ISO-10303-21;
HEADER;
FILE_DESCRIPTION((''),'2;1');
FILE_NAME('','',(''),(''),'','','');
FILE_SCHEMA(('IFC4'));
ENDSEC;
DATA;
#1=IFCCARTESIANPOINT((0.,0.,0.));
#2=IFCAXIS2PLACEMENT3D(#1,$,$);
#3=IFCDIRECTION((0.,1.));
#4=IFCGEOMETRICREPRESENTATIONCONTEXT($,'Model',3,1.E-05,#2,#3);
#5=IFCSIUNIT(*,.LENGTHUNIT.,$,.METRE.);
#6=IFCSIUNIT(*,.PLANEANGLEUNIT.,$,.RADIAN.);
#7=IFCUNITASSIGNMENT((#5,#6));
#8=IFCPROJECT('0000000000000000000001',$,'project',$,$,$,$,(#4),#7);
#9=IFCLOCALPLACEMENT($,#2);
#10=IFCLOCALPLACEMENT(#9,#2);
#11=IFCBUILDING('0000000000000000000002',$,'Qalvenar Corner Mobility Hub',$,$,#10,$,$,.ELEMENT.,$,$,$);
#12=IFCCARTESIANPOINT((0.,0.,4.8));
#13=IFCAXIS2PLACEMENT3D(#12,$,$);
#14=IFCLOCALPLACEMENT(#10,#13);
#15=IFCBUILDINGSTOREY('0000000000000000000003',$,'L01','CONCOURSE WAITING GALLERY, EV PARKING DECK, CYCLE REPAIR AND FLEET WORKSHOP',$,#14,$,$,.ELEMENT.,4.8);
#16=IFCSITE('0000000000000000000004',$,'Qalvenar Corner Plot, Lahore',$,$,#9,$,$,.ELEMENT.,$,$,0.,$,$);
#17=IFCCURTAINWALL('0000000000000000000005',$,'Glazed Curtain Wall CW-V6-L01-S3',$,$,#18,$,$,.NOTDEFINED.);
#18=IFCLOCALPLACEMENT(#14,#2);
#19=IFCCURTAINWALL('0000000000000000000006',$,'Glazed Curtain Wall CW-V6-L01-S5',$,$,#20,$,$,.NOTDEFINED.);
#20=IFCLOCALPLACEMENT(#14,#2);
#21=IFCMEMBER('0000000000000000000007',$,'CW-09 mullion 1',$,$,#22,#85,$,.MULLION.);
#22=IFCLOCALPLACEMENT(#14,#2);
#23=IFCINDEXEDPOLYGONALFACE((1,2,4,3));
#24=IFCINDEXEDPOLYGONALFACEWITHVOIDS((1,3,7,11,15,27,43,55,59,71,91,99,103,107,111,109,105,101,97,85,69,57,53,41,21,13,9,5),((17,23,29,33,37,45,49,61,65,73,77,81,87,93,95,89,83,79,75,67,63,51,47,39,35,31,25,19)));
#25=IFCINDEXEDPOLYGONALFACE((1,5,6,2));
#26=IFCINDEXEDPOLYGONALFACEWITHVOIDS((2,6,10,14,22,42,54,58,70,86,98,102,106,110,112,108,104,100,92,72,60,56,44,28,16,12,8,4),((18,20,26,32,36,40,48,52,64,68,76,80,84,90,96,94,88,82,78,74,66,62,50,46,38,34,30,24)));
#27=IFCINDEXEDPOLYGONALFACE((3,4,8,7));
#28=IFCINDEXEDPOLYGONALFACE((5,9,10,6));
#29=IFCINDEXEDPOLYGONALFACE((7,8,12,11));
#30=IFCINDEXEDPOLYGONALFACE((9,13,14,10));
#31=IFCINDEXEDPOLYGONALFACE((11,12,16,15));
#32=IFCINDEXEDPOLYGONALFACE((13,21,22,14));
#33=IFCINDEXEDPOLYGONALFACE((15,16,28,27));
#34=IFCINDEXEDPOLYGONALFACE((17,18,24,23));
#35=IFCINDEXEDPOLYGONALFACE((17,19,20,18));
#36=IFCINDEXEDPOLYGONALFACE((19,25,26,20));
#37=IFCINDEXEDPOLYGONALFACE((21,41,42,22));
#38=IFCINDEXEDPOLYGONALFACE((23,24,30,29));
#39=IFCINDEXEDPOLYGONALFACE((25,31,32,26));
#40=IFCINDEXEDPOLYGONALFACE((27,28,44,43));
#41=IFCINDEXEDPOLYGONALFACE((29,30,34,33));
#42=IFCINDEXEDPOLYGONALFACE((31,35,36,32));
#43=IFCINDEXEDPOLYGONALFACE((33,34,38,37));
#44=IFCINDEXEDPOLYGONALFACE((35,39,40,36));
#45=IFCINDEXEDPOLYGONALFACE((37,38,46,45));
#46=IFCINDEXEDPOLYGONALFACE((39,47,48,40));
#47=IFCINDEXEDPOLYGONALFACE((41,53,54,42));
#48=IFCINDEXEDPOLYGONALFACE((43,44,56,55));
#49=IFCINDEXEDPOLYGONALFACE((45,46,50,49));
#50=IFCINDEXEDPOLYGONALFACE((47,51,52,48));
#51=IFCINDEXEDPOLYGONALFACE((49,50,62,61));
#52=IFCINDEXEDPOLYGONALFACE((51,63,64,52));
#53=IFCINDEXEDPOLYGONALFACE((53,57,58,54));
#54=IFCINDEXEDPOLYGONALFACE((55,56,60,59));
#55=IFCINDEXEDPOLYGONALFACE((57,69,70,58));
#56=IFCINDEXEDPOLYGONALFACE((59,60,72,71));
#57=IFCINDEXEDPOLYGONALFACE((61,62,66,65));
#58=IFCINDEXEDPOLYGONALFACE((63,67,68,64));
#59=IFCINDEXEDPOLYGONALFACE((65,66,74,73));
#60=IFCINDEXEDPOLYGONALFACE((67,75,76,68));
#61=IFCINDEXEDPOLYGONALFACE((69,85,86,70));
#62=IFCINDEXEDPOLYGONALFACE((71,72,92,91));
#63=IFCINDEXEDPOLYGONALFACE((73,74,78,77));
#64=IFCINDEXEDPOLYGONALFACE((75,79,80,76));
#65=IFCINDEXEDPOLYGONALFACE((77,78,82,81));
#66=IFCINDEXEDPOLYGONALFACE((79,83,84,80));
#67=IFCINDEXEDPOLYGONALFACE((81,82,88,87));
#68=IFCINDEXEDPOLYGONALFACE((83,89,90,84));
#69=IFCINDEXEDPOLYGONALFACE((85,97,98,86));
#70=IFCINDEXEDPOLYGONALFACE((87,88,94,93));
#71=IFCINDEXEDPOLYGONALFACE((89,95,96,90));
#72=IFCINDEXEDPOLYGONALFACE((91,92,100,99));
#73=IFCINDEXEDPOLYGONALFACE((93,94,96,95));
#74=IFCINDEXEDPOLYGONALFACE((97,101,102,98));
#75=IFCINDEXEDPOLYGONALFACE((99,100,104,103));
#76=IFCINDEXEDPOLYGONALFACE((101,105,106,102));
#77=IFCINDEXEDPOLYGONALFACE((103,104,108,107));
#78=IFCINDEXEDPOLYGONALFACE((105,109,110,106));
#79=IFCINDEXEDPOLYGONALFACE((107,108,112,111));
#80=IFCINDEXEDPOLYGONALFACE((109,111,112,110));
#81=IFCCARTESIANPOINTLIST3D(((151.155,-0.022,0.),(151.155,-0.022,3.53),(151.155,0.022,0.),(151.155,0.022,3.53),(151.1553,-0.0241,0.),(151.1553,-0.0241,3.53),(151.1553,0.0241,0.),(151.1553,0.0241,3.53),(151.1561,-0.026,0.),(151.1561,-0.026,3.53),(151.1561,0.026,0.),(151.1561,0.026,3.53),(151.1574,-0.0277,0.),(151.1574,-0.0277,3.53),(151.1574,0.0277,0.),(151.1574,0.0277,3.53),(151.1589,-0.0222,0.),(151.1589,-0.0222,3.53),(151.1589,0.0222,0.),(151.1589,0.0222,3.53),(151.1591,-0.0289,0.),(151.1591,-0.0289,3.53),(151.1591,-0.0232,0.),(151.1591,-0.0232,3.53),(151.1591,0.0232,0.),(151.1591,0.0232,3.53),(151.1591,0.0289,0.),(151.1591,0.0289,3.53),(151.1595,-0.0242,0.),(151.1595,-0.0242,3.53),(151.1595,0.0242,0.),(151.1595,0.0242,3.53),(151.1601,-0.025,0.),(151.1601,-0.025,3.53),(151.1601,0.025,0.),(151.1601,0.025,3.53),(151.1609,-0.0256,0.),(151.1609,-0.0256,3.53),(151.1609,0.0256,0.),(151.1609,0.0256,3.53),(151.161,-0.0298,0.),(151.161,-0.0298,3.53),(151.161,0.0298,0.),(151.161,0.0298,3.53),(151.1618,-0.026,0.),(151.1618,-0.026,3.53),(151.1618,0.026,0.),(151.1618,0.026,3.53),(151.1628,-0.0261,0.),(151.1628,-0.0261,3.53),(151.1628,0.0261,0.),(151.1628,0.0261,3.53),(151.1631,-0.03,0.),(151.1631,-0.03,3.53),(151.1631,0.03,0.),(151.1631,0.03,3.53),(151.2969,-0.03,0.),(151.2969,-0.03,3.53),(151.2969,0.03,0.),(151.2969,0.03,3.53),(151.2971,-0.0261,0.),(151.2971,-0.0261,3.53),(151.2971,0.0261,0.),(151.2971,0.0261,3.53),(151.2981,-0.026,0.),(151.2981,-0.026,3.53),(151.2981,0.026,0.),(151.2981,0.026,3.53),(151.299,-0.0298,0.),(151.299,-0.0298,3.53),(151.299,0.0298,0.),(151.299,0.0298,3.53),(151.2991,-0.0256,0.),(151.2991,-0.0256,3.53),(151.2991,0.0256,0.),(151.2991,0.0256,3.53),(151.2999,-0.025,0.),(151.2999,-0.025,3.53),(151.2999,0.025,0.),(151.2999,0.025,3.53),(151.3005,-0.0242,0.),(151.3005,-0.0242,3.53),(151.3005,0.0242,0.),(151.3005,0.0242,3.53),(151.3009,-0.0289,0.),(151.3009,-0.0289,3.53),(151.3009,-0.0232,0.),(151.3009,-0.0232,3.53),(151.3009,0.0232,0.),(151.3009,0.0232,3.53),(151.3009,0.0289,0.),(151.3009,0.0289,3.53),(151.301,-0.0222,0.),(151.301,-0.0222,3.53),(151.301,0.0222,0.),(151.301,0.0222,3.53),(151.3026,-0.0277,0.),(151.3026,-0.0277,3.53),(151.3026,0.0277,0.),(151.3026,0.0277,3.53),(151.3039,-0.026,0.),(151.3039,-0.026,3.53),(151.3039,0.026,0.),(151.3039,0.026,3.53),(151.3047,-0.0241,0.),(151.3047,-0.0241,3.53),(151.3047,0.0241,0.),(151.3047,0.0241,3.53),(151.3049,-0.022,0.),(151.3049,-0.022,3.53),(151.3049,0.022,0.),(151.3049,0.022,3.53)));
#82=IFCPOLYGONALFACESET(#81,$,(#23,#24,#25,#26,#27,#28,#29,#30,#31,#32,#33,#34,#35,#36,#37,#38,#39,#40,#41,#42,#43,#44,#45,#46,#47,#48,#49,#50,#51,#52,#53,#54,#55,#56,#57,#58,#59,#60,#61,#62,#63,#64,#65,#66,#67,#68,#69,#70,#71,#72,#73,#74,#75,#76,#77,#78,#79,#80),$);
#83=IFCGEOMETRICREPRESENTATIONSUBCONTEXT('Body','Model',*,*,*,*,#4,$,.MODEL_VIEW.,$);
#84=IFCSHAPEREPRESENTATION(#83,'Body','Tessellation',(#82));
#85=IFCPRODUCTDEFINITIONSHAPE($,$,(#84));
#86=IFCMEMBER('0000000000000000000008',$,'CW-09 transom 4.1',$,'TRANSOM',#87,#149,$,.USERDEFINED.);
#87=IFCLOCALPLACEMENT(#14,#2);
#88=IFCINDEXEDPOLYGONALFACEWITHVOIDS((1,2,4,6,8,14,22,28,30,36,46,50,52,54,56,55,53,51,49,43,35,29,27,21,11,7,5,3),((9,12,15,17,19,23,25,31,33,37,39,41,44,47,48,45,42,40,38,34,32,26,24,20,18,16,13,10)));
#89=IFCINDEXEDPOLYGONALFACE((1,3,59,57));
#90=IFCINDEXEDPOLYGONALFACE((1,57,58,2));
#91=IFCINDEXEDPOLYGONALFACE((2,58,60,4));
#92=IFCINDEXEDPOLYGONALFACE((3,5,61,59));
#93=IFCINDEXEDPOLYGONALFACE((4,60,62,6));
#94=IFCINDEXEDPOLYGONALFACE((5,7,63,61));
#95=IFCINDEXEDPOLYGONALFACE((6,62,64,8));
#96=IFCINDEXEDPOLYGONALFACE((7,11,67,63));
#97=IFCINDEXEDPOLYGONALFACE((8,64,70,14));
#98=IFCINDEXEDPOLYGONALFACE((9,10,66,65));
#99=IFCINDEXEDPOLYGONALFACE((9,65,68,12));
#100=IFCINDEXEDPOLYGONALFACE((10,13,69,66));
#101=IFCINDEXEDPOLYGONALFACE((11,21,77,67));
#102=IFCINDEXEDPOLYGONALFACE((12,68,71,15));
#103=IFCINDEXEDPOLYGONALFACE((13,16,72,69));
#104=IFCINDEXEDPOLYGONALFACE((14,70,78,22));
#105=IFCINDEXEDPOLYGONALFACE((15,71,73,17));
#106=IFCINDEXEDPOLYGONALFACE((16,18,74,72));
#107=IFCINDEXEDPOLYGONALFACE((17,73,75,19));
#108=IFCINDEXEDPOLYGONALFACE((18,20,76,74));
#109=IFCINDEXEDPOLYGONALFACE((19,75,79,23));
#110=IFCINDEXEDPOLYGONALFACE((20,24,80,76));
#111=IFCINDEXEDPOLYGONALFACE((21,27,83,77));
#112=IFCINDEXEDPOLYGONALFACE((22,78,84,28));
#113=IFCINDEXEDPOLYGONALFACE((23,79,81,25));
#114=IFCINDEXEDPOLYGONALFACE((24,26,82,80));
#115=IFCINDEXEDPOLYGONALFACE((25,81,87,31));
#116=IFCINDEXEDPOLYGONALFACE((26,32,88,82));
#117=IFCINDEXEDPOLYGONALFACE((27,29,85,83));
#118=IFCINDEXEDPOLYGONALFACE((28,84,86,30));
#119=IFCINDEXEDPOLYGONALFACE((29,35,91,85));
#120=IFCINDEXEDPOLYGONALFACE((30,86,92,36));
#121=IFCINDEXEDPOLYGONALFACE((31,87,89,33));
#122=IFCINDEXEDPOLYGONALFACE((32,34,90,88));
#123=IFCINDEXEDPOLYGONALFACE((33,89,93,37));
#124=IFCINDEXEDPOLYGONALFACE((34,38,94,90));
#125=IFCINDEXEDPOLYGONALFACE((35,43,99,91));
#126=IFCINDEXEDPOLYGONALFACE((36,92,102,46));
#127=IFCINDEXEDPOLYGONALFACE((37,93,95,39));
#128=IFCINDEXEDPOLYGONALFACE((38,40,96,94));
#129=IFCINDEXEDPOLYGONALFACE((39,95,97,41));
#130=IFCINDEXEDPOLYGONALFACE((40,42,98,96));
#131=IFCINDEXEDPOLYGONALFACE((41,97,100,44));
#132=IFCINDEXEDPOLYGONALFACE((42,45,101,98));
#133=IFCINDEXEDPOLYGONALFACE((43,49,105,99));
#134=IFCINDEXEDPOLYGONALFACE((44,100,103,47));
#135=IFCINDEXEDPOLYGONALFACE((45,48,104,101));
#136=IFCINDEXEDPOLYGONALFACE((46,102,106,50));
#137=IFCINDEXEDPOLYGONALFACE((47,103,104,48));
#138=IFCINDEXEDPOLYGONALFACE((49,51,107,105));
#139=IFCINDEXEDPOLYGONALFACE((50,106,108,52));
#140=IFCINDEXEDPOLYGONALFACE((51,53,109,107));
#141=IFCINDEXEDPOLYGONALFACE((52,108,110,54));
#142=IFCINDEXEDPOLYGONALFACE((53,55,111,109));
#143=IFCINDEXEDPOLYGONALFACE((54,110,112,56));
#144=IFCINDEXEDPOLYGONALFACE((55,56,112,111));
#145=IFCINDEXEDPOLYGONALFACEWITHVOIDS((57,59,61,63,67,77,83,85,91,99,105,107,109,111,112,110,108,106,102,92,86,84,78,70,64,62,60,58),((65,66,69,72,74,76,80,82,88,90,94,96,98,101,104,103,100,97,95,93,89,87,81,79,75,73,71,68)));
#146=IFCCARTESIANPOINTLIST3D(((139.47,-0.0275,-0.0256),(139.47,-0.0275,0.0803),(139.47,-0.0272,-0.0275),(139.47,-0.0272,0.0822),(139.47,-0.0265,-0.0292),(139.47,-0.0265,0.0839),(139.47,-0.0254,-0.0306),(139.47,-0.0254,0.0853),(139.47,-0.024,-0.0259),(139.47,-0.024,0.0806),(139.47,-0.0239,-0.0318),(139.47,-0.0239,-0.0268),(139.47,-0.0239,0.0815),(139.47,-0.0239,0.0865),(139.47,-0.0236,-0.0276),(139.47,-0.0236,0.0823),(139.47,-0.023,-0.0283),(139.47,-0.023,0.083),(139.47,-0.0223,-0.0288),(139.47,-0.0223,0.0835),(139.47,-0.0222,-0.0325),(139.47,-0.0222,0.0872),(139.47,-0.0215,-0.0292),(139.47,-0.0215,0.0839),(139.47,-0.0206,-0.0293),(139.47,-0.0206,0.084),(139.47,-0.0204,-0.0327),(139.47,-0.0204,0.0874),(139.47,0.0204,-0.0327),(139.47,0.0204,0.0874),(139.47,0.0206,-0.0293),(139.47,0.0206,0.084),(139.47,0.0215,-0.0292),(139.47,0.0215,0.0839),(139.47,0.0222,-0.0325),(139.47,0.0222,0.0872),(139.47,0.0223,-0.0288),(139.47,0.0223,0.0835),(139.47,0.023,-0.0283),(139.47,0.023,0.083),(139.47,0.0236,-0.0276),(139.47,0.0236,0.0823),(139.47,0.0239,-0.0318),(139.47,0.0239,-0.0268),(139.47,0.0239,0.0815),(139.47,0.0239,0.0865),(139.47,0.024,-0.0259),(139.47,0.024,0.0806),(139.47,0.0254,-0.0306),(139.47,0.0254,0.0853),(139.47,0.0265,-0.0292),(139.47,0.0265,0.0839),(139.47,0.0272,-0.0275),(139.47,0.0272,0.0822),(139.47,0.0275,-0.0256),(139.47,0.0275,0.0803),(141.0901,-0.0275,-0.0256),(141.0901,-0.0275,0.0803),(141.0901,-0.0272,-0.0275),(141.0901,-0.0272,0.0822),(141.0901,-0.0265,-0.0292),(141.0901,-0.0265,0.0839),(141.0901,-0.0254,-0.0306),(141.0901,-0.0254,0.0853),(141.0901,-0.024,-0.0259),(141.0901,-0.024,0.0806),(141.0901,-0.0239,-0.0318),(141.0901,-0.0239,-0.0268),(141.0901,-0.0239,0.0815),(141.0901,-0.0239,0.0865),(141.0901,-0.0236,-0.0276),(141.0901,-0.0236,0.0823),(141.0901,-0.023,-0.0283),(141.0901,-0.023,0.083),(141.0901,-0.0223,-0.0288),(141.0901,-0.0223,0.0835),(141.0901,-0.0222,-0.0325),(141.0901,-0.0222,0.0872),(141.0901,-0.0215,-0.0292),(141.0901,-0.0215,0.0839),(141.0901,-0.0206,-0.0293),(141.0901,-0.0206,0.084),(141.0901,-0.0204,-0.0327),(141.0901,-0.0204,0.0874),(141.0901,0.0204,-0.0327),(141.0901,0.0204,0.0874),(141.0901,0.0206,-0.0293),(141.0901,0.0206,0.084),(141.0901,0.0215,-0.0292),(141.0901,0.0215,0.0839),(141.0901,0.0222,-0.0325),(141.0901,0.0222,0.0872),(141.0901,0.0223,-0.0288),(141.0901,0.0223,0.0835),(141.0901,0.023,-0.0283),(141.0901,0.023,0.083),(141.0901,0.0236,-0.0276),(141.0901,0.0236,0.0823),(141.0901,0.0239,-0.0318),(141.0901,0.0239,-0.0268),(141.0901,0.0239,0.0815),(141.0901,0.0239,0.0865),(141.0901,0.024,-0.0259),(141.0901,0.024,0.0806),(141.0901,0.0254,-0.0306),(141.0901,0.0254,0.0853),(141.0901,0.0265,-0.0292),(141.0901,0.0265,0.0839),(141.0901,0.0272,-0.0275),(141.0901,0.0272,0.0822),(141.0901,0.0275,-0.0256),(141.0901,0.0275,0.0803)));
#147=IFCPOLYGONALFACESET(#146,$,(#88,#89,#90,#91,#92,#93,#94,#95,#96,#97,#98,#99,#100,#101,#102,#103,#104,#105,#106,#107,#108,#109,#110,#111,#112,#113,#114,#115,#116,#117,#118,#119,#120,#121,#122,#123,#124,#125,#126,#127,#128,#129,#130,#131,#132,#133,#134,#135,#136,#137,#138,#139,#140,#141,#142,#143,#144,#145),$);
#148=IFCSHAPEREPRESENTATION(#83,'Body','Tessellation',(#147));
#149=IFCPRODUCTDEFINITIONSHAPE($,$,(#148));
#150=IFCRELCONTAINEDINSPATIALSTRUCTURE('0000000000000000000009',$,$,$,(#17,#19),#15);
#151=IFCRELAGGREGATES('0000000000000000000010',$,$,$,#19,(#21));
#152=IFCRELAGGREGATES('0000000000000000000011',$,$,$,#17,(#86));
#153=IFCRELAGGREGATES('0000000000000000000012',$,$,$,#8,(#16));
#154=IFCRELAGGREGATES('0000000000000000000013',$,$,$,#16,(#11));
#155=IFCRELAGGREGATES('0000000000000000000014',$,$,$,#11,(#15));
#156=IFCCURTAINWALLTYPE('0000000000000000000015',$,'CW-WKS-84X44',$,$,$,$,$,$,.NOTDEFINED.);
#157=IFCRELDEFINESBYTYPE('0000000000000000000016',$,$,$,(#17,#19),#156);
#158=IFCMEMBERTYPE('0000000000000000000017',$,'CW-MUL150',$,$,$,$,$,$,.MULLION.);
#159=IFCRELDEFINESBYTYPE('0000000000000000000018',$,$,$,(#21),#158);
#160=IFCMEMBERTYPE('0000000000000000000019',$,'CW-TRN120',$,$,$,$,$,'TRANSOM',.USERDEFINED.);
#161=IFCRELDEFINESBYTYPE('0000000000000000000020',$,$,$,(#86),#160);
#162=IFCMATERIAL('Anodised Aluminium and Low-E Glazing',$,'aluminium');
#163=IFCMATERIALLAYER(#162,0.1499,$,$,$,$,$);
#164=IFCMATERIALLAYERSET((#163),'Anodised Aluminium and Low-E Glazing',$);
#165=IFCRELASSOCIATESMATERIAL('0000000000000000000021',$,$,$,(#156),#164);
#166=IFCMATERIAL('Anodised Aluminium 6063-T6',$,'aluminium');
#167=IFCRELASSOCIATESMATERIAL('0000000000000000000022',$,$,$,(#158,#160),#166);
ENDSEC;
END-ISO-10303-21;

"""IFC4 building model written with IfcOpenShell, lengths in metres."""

from ifc_helpers import new_model, si_unit, direction, frame, origin, origin_2d, place, context, subcontext, project, spatial, hollow_rectangle, extrude, material, layer, layer_set, material_profile, profile_set, type_object, element, aggregate, save


model = new_model("IFC4")

# Units and contexts
model_context = context("Model", 3, precision=1e-05, world=origin(), true_north=direction((0.0, 1.0)))
body_context = subcontext(model_context, "Body", "Model", "MODEL_VIEW")
ifc_project = project(units=[si_unit("LENGTHUNIT", "METRE"), si_unit("PLANEANGLEUNIT", "RADIAN")], contexts=[model_context])

# Site, building, storey
site_placement = place(None, origin())
site = spatial("IfcSite", under=ifc_project, at=site_placement, Name="Qalvenar Corner Plot, Lahore", CompositionType="ELEMENT", RefElevation=0.0)
building_placement = place(site_placement, origin())
building = spatial("IfcBuilding", under=site, at=building_placement, Name="Qalvenar Corner Mobility Hub", CompositionType="ELEMENT")
storey_placement = place(building_placement, frame((0.0, 0.0, 4.8)))
storey = spatial("IfcBuildingStorey", under=building, at=storey_placement, Name="L01", Description="CONCOURSE WAITING GALLERY, EV PARKING DECK, CYCLE REPAIR AND FLEET WORKSHOP", CompositionType="ELEMENT", Elevation=4.8)

# Curtain wall
ifc_material_1 = material(Name="Anodised Aluminium and Low-E Glazing", Category="aluminium")
ifc_layer_1 = layer(ifc_material_1, 0.1499)
ifc_layer_set_1 = layer_set([ifc_layer_1], Name="Anodised Aluminium and Low-E Glazing")
curtain_wall_type = type_object("IfcCurtainWallType", Name="CW-WKS-84X44", PredefinedType="NOTDEFINED", material=ifc_layer_set_1)
curtain_wall_1_placement = place(storey_placement, origin())
curtain_wall_1 = element("IfcCurtainWall", 1, at=curtain_wall_1_placement, inside=storey, type_object=curtain_wall_type, Name="Glazed Curtain Wall CW-V6-L01-S3", PredefinedType="NOTDEFINED")
ifc_material_2 = material(Name="Anodised Aluminium 6063-T6", Category="aluminium")
ifc_material_profile_1 = material_profile(ifc_material_2, hollow_rectangle(XDim=0.0601, YDim=0.1499, WallThickness=0.0039, InnerFilletRadius=0.0039, OuterFilletRadius=0.0081, at=origin_2d()), Name="RHS150x60x4")
ifc_profile_set_1 = profile_set([ifc_material_profile_1], Name="Anodised Aluminium 6063-T6")
member_type_1 = type_object("IfcMemberType", Name="CW-MUL150", PredefinedType="MULLION", material=ifc_profile_set_1)

# Curtain wall, member
curtain_wall_2_placement = place(storey_placement, origin())
curtain_wall_2 = element("IfcCurtainWall", 2, at=curtain_wall_2_placement, inside=storey, type_object=curtain_wall_type, Name="Glazed Curtain Wall CW-V6-L01-S5", PredefinedType="NOTDEFINED")
member_1_placement = place(storey_placement, frame((151.23, 0.0, 0.0), z_axis=(0.0, 0.0, 1.0), x_axis=(0.0, 1.0, 0.0)))
member_1 = element("IfcMember", 3, at=member_1_placement, type_object=member_type_1, Name="CW-09 mullion 1", PredefinedType="MULLION", context=body_context, shape_type="SweptSolid", body=[
    extrude(hollow_rectangle(XDim=0.0601, YDim=0.1499, WallThickness=0.0039, InnerFilletRadius=0.0039, OuterFilletRadius=0.0081, at=origin_2d()), origin(), (0.0, 0.0, 1.0), 3.53),
])

# Member
ifc_material_profile_2 = material_profile(ifc_material_2, hollow_rectangle(XDim=0.0549, YDim=0.1201, WallThickness=0.0034, InnerFilletRadius=0.0034, OuterFilletRadius=0.0071, at=origin_2d()), Name="RHS120x55x3.5")
ifc_profile_set_2 = profile_set([ifc_material_profile_2], Name="Anodised Aluminium 6063-T6")
member_type_2 = type_object("IfcMemberType", Name="CW-TRN120", ElementType="TRANSOM", PredefinedType="USERDEFINED", material=ifc_profile_set_2)
member_2_placement = place(storey_placement, frame((139.47, 0.0, 0.0273), z_axis=(1.0, 0.0, 0.0), x_axis=(0.0, 1.0, 0.0)))
member_2 = element("IfcMember", 4, at=member_2_placement, type_object=member_type_2, Name="CW-09 transom 4.1", ObjectType="TRANSOM", PredefinedType="USERDEFINED", context=body_context, shape_type="SweptSolid", body=[
    extrude(hollow_rectangle(XDim=0.0549, YDim=0.1201, WallThickness=0.0034, InnerFilletRadius=0.0034, OuterFilletRadius=0.0071, at=origin_2d()), origin(), (0.0, 0.0, 1.0), 1.6201),
])
aggregate(curtain_wall_2, [member_1])

aggregate(curtain_wall_1, [member_2])

save(model, "model.ifc")
